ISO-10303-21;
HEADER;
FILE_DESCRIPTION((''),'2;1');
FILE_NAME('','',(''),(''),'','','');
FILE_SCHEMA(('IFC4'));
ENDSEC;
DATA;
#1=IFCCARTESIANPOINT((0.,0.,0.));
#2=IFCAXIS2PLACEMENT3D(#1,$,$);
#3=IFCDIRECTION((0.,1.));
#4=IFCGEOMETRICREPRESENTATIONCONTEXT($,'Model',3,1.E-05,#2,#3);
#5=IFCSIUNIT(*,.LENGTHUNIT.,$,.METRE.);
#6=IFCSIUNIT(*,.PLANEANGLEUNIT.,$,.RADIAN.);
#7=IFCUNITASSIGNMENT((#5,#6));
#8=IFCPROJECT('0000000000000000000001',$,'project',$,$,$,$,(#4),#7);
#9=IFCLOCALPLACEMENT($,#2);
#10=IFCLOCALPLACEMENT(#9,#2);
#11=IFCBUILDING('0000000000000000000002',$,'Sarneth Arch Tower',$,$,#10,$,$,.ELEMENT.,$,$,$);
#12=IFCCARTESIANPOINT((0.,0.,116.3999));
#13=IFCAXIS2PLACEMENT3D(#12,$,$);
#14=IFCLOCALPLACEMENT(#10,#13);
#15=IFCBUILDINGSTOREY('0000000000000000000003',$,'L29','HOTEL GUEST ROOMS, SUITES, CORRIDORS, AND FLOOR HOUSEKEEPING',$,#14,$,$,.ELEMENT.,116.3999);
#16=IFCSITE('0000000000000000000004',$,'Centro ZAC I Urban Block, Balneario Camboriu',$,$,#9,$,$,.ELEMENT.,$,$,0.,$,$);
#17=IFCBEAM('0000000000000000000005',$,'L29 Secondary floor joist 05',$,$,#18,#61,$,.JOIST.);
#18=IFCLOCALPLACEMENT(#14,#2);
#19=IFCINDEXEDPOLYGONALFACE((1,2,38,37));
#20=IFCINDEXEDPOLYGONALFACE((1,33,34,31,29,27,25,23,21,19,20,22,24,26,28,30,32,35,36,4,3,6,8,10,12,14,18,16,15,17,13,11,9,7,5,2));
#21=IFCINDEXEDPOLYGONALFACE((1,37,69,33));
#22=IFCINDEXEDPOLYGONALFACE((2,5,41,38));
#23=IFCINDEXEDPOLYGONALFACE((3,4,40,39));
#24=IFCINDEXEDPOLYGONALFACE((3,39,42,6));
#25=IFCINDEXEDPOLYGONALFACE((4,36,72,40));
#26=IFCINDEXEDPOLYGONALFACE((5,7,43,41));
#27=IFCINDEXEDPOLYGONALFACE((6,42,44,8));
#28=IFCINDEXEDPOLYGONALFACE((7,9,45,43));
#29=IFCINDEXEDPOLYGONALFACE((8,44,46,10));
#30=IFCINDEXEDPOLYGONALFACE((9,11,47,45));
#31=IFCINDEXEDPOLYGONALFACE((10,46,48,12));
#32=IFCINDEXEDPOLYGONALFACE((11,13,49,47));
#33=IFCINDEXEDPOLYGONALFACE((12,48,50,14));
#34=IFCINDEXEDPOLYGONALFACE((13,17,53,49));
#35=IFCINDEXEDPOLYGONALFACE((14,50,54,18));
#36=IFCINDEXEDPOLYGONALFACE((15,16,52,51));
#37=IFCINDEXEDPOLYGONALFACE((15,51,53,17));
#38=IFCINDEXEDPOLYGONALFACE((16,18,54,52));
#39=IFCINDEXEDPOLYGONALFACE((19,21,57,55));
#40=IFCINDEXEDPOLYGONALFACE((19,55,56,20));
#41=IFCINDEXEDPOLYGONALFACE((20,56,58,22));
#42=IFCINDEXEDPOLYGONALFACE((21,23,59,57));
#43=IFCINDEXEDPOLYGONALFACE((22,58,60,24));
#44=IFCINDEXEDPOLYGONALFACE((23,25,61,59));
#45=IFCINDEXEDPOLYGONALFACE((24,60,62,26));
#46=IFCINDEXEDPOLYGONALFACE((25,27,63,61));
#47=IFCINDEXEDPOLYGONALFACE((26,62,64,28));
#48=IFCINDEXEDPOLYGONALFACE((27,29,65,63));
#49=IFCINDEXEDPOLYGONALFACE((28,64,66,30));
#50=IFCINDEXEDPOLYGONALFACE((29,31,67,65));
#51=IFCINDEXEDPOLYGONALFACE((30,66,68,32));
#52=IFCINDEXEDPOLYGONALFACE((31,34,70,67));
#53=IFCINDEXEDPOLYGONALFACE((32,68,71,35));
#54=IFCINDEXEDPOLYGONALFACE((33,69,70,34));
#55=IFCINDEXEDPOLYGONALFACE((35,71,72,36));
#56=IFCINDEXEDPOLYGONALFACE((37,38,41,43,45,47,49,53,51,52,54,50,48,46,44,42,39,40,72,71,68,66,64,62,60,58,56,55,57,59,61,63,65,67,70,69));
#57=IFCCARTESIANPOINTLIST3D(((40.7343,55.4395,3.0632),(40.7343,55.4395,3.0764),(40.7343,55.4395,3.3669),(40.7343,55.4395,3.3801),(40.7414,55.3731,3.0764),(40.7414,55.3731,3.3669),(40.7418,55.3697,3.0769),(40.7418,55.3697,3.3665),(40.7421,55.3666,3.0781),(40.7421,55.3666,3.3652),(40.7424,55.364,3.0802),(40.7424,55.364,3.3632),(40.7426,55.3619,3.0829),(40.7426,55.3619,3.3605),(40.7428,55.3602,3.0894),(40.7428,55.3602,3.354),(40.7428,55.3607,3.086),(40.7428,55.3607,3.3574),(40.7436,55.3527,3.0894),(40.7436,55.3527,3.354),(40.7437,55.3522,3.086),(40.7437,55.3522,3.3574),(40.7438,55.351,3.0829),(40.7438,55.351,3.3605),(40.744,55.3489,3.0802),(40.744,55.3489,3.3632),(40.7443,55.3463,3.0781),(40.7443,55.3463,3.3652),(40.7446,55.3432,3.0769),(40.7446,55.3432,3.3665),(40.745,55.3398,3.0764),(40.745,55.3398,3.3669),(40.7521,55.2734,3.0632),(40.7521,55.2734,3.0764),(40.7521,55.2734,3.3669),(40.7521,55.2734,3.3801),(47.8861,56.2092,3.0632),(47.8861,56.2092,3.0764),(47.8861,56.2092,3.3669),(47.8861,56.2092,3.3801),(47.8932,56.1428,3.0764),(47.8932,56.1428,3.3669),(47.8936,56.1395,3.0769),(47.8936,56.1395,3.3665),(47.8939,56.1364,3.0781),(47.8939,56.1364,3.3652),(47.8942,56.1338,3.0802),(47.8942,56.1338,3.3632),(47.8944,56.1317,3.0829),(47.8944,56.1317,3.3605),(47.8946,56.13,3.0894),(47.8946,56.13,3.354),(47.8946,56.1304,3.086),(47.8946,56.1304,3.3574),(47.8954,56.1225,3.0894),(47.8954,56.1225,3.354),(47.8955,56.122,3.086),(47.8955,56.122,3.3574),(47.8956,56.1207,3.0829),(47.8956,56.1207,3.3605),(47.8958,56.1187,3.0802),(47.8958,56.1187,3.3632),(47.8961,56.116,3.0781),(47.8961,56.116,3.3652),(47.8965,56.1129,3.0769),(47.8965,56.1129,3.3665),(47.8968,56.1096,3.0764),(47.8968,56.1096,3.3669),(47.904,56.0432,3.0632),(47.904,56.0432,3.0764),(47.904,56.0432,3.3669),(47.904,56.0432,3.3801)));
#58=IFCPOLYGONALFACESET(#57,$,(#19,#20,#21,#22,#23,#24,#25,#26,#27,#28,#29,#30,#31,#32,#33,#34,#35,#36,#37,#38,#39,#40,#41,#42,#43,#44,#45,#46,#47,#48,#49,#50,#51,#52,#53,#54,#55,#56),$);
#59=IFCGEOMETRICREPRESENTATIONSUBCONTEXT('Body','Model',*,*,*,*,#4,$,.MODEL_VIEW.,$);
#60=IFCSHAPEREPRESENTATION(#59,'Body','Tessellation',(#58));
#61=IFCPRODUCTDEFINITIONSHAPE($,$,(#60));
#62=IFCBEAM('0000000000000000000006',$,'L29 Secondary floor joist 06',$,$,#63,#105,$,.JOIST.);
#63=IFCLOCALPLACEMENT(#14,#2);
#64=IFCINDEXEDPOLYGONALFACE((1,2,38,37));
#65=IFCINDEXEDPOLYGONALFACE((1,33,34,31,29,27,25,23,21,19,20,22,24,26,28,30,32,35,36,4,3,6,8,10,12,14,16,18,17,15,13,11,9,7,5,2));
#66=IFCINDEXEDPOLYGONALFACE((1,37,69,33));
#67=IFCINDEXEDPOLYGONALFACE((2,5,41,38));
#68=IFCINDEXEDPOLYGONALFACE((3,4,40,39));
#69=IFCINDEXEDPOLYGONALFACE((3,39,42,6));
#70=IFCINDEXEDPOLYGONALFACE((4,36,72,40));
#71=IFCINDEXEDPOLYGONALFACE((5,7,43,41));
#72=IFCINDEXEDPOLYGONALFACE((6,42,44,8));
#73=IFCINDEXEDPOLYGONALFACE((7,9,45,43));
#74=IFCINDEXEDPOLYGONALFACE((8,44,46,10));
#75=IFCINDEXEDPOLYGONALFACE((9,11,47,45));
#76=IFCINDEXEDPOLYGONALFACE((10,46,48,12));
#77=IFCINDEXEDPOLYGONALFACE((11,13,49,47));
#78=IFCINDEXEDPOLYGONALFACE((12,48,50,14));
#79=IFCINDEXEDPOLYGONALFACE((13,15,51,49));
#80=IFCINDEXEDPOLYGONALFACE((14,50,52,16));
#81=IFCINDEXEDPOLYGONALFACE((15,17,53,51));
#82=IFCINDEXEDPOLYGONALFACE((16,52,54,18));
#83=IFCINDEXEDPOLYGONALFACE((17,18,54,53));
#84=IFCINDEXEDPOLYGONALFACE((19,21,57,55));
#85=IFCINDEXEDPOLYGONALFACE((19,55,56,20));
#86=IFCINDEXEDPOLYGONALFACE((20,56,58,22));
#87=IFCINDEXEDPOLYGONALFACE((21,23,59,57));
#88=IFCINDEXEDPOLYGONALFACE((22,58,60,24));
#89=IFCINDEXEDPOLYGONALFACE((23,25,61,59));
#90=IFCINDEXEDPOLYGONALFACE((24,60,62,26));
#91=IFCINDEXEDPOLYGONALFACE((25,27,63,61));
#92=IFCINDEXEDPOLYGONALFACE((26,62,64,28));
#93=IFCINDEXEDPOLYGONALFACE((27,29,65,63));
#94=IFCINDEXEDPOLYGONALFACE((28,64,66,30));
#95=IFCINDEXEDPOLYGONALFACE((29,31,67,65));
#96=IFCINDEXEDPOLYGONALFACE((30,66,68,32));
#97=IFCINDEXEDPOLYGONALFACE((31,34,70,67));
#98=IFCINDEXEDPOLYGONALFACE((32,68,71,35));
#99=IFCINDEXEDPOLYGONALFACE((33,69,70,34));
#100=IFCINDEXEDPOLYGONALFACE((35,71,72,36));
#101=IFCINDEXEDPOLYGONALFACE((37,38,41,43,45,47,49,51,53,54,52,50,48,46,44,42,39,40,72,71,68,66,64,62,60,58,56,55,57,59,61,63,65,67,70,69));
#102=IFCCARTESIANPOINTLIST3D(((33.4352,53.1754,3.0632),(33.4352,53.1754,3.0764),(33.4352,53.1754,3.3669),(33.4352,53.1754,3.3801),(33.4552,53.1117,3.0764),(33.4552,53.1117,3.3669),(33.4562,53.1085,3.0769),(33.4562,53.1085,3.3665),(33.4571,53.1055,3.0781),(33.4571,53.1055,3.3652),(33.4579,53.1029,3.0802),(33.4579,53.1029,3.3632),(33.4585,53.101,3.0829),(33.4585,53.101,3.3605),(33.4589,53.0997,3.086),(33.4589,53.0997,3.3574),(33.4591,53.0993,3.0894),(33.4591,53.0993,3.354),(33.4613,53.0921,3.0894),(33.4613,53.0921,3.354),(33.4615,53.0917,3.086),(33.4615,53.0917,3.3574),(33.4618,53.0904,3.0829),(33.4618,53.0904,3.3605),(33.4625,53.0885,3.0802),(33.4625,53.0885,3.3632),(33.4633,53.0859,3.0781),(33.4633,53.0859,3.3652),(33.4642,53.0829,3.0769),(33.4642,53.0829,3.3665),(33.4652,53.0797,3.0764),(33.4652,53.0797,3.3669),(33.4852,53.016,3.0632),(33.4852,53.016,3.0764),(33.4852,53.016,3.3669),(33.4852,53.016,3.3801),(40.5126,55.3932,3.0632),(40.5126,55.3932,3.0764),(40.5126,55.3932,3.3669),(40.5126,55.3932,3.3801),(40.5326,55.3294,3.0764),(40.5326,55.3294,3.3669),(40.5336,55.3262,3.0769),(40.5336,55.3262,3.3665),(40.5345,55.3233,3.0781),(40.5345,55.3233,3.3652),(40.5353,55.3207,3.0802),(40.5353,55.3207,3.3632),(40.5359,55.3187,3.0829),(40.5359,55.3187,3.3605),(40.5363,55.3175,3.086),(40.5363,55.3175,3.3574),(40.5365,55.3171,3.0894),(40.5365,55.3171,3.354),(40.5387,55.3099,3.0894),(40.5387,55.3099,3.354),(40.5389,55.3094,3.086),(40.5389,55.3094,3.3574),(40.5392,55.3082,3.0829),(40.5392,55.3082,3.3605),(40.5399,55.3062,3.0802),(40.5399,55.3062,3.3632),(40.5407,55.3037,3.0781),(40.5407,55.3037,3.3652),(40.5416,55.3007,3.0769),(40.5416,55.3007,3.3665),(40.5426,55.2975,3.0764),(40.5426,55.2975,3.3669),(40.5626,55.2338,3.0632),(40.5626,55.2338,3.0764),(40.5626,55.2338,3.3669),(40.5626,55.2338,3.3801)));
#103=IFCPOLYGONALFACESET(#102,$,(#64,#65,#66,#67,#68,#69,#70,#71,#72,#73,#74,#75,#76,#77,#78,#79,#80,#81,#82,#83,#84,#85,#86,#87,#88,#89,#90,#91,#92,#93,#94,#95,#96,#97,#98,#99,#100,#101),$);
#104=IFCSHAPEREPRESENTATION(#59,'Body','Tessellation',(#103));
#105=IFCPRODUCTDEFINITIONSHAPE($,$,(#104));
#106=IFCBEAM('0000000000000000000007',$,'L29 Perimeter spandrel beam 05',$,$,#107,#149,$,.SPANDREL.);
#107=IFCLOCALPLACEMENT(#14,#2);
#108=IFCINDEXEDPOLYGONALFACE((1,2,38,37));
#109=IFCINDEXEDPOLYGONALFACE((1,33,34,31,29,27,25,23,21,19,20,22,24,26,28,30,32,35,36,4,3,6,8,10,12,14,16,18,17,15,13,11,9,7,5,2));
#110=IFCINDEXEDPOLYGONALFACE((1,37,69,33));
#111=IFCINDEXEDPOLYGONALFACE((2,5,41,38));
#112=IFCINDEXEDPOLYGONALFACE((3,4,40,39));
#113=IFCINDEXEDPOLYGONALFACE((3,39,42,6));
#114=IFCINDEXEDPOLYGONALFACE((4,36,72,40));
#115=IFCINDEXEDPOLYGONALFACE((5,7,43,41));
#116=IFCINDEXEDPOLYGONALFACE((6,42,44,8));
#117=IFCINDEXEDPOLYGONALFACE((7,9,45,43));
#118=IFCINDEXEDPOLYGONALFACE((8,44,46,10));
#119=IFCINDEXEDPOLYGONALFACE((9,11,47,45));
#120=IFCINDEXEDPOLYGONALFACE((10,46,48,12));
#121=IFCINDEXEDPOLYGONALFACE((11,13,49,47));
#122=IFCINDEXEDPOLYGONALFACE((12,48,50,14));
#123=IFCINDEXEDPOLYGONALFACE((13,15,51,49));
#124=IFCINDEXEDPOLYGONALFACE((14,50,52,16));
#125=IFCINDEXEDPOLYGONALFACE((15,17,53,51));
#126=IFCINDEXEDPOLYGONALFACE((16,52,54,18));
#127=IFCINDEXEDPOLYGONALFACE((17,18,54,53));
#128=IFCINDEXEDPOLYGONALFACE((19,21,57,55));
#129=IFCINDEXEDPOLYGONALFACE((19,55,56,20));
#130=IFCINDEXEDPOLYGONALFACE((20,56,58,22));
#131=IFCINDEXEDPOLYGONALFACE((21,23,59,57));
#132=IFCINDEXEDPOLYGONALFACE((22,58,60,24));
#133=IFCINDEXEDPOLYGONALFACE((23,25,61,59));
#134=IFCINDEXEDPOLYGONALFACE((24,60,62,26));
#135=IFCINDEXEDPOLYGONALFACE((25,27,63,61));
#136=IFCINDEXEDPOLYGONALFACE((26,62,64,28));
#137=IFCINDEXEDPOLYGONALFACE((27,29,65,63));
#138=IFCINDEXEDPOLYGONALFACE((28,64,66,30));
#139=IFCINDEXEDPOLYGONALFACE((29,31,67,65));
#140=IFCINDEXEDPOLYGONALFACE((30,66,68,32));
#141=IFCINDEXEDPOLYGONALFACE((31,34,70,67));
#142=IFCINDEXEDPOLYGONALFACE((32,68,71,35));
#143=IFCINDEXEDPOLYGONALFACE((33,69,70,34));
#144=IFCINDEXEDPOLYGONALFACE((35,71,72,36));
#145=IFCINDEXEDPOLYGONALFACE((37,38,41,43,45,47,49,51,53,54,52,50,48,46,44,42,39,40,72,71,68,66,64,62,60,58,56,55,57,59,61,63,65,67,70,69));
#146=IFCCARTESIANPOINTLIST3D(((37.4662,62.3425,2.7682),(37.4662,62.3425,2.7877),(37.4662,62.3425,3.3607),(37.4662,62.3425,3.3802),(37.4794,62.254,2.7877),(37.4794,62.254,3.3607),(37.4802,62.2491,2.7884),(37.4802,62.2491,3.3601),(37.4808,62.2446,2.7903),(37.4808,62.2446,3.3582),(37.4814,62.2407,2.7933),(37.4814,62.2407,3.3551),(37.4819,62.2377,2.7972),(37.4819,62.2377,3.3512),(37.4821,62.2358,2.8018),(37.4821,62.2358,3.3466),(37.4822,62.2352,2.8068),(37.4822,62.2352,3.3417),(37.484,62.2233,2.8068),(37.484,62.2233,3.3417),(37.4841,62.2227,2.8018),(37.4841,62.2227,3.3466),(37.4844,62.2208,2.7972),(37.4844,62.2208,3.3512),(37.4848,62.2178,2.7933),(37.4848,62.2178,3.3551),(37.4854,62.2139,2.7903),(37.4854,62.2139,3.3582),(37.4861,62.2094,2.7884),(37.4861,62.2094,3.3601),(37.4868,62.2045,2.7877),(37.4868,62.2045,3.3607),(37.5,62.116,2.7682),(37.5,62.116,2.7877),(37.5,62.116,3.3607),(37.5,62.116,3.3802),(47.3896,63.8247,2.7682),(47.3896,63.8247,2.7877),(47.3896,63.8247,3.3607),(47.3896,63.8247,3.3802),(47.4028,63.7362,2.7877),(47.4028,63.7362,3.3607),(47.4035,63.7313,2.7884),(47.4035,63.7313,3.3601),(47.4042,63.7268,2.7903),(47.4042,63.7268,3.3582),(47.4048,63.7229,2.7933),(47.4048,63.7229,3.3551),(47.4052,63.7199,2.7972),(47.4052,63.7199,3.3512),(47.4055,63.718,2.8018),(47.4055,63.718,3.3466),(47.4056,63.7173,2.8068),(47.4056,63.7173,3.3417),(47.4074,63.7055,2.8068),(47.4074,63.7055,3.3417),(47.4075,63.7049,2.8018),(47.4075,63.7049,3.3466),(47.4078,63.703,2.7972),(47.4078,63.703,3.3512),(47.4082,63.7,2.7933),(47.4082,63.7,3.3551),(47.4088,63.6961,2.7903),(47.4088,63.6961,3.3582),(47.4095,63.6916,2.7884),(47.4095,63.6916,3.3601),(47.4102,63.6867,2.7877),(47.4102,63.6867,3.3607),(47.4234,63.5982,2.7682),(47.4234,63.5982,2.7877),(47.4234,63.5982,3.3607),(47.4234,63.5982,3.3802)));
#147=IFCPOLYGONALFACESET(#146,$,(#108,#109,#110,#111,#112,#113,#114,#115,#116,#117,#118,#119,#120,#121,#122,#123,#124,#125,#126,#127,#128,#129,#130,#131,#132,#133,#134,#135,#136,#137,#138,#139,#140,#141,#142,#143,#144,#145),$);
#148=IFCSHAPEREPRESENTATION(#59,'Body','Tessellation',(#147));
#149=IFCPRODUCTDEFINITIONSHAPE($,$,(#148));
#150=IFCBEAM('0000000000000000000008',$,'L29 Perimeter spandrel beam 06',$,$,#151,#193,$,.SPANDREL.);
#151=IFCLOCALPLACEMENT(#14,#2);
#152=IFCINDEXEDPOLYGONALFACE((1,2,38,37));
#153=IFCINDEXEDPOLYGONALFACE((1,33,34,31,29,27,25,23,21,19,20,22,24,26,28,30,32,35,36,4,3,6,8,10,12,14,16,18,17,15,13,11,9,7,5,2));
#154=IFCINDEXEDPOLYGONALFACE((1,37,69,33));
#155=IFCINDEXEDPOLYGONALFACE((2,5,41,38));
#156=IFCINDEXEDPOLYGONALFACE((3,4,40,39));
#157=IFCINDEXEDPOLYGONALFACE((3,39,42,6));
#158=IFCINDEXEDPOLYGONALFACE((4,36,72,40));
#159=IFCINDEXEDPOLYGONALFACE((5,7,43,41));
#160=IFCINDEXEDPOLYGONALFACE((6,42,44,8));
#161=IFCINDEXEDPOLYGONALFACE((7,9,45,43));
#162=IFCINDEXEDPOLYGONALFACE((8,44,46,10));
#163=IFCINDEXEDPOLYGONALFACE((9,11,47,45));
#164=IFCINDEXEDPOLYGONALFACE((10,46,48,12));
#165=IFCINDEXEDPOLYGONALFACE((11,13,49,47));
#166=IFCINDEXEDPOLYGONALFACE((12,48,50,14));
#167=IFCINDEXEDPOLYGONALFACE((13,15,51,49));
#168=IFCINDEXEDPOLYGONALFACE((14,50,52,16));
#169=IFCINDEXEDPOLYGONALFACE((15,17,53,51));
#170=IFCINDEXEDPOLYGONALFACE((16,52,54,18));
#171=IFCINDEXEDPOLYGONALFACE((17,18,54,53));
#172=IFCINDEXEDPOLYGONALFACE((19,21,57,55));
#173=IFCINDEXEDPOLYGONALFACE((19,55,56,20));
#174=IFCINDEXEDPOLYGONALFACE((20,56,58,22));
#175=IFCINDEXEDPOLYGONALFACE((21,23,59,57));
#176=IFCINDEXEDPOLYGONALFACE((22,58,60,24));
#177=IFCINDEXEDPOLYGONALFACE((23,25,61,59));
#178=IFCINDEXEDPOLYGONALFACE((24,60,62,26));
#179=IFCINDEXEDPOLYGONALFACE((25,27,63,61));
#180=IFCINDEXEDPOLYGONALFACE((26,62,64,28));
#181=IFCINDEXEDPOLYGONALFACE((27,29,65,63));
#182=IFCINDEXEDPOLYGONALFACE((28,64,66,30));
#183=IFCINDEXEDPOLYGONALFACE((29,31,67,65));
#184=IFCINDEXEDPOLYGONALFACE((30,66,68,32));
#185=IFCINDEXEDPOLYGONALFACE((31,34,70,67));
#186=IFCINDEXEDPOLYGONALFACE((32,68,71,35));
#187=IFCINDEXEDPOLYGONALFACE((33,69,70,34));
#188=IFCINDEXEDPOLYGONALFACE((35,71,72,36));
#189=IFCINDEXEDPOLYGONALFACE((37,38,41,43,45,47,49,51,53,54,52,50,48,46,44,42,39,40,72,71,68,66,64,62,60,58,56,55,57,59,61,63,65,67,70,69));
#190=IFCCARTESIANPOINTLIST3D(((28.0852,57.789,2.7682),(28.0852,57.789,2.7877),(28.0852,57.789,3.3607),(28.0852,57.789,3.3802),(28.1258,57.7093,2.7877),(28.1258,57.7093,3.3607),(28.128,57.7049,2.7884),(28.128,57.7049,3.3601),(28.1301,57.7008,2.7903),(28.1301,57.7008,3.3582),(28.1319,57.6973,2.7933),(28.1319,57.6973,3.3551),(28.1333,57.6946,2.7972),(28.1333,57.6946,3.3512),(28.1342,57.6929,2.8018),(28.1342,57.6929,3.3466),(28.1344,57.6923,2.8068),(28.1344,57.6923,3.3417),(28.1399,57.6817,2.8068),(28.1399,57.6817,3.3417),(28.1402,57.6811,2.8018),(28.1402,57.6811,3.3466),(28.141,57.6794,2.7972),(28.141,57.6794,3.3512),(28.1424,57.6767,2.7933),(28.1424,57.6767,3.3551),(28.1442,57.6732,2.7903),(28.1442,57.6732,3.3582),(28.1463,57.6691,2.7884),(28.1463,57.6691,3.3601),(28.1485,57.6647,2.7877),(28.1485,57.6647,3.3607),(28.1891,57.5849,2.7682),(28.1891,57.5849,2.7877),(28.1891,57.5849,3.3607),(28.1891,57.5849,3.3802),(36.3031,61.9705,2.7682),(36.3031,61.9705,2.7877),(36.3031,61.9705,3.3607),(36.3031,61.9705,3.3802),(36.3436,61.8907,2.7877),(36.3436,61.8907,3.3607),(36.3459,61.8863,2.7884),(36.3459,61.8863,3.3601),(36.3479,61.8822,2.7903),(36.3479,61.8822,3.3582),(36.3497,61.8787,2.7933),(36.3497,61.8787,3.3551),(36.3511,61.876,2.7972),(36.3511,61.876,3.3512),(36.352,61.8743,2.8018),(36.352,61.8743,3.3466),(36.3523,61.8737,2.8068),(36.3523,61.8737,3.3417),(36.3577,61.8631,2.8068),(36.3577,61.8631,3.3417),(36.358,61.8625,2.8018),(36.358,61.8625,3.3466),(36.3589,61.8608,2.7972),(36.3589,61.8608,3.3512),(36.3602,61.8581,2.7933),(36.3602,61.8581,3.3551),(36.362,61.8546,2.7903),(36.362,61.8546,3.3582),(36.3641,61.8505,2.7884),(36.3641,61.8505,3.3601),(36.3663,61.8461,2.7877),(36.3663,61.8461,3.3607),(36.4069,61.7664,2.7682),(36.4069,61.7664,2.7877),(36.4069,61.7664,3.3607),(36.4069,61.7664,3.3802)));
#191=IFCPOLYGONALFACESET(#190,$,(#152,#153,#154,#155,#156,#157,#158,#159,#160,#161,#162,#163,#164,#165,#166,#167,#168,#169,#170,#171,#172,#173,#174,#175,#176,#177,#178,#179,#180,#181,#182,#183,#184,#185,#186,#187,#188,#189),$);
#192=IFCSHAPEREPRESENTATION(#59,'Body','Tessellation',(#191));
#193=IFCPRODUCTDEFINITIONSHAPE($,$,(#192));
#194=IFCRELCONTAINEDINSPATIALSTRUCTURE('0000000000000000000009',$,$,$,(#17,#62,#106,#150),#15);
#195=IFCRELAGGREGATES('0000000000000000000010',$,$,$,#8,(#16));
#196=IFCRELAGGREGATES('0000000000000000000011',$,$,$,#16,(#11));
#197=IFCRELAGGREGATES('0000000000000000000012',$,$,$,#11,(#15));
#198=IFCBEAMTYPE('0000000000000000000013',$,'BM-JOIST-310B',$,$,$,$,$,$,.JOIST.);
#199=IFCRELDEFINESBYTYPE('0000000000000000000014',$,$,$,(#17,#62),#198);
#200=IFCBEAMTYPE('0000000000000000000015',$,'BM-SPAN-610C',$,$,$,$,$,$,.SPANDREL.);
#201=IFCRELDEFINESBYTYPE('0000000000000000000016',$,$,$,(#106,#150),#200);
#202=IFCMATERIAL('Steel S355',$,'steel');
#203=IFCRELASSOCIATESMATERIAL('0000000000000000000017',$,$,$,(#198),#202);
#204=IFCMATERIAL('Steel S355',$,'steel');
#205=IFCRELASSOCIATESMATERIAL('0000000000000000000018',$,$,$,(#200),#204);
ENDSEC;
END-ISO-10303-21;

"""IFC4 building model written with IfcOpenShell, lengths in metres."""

from ifc_helpers import new_model, si_unit, direction, frame, origin, origin_2d, place, context, subcontext, project, spatial, i_section, extrude, material, material_profile, profile_set, type_object, element, save


model = new_model("IFC4")

# Units and contexts
model_context = context("Model", 3, precision=1e-05, world=origin(), true_north=direction((0.0, 1.0)))
body_context = subcontext(model_context, "Body", "Model", "MODEL_VIEW")
ifc_project = project(units=[si_unit("LENGTHUNIT", "METRE"), si_unit("PLANEANGLEUNIT", "RADIAN")], contexts=[model_context])

# Site, building, storey
site_placement = place(None, origin())
site = spatial("IfcSite", under=ifc_project, at=site_placement, Name="Centro ZAC I Urban Block, Balneario Camboriu", CompositionType="ELEMENT", RefElevation=0.0)
building_placement = place(site_placement, origin())
building = spatial("IfcBuilding", under=site, at=building_placement, Name="Sarneth Arch Tower", CompositionType="ELEMENT")
storey_placement = place(building_placement, frame((0.0, 0.0, 116.3999)))
storey = spatial("IfcBuildingStorey", under=building, at=storey_placement, Name="L29", Description="HOTEL GUEST ROOMS, SUITES, CORRIDORS, AND FLOOR HOUSEKEEPING", CompositionType="ELEMENT", Elevation=116.3999)

# Beams
ifc_material_1 = material(Name="Steel S355", Category="steel")
ifc_material_profile_1 = material_profile(ifc_material_1, i_section(OverallWidth=0.167, OverallDepth=0.3169, WebThickness=0.0076, FlangeThickness=0.0132, FilletRadius=0.0129, at=origin_2d()), Name="W310x52")
ifc_profile_set_1 = profile_set([ifc_material_profile_1], Name="Steel S355")
beam_type_1 = type_object("IfcBeamType", Name="BM-JOIST-310B", PredefinedType="JOIST", material=ifc_profile_set_1)
beam_1_placement = place(storey_placement, frame((47.895, 56.1262, 3.2217), z_axis=(-0.994257, -0.107015, 0.0), x_axis=(0.107015, -0.994257, 0.0)))
element("IfcBeam", 1, at=beam_1_placement, inside=storey, type_object=beam_type_1, Name="L29 Secondary floor joist 05", PredefinedType="JOIST", context=body_context, shape_type="SweptSolid", body=[
    extrude(i_section(OverallWidth=0.167, OverallDepth=0.3169, WebThickness=0.0076, FlangeThickness=0.0132, FilletRadius=0.0129, at=origin_2d()), origin(), (0.0, 0.0, 1.0), 7.1931),
])
beam_2_placement = place(storey_placement, frame((40.5376, 55.3135, 3.2217), z_axis=(-0.954246, -0.299023, 0.0), x_axis=(0.299023, -0.954246, 0.0)))
element("IfcBeam", 2, at=beam_2_placement, inside=storey, type_object=beam_type_1, Name="L29 Secondary floor joist 06", PredefinedType="JOIST", context=body_context, shape_type="SweptSolid", body=[
    extrude(i_section(OverallWidth=0.167, OverallDepth=0.3169, WebThickness=0.0076, FlangeThickness=0.0132, FilletRadius=0.0129, at=origin_2d()), origin(), (0.0, 0.0, 1.0), 7.4167),
])
ifc_material_2 = material(Name="Steel S355", Category="steel")
ifc_material_profile_2 = material_profile(ifc_material_2, i_section(OverallWidth=0.229, OverallDepth=0.6121, WebThickness=0.012, FlangeThickness=0.0195, FilletRadius=0.019, at=origin_2d()), Name="W610x125")
ifc_profile_set_2 = profile_set([ifc_material_profile_2], Name="Steel S355")
beam_type_2 = type_object("IfcBeamType", Name="BM-SPAN-610C", PredefinedType="SPANDREL", material=ifc_profile_set_2)
beam_3_placement = place(storey_placement, frame((47.4065, 63.7114, 3.0742), z_axis=(-0.989029, -0.147724, 0.0), x_axis=(0.147724, -0.989029, 0.0)))
element("IfcBeam", 3, at=beam_3_placement, inside=storey, type_object=beam_type_2, Name="L29 Perimeter spandrel beam 05", PredefinedType="SPANDREL", context=body_context, shape_type="SweptSolid", body=[
    extrude(i_section(OverallWidth=0.229, OverallDepth=0.6121, WebThickness=0.012, FlangeThickness=0.0195, FilletRadius=0.019, at=origin_2d()), origin(), (0.0, 0.0, 1.0), 10.0334),
])
beam_4_placement = place(storey_placement, frame((36.355, 61.8684, 3.0742), z_axis=(-0.891259, -0.453494, 0.0), x_axis=(0.453494, -0.891259, 0.0)))
element("IfcBeam", 4, at=beam_4_placement, inside=storey, type_object=beam_type_2, Name="L29 Perimeter spandrel beam 06", PredefinedType="SPANDREL", context=body_context, shape_type="SweptSolid", body=[
    extrude(i_section(OverallWidth=0.229, OverallDepth=0.6121, WebThickness=0.012, FlangeThickness=0.0195, FilletRadius=0.019, at=origin_2d()), origin(), (0.0, 0.0, 1.0), 9.2205),
])

save(model, "model.ifc")
